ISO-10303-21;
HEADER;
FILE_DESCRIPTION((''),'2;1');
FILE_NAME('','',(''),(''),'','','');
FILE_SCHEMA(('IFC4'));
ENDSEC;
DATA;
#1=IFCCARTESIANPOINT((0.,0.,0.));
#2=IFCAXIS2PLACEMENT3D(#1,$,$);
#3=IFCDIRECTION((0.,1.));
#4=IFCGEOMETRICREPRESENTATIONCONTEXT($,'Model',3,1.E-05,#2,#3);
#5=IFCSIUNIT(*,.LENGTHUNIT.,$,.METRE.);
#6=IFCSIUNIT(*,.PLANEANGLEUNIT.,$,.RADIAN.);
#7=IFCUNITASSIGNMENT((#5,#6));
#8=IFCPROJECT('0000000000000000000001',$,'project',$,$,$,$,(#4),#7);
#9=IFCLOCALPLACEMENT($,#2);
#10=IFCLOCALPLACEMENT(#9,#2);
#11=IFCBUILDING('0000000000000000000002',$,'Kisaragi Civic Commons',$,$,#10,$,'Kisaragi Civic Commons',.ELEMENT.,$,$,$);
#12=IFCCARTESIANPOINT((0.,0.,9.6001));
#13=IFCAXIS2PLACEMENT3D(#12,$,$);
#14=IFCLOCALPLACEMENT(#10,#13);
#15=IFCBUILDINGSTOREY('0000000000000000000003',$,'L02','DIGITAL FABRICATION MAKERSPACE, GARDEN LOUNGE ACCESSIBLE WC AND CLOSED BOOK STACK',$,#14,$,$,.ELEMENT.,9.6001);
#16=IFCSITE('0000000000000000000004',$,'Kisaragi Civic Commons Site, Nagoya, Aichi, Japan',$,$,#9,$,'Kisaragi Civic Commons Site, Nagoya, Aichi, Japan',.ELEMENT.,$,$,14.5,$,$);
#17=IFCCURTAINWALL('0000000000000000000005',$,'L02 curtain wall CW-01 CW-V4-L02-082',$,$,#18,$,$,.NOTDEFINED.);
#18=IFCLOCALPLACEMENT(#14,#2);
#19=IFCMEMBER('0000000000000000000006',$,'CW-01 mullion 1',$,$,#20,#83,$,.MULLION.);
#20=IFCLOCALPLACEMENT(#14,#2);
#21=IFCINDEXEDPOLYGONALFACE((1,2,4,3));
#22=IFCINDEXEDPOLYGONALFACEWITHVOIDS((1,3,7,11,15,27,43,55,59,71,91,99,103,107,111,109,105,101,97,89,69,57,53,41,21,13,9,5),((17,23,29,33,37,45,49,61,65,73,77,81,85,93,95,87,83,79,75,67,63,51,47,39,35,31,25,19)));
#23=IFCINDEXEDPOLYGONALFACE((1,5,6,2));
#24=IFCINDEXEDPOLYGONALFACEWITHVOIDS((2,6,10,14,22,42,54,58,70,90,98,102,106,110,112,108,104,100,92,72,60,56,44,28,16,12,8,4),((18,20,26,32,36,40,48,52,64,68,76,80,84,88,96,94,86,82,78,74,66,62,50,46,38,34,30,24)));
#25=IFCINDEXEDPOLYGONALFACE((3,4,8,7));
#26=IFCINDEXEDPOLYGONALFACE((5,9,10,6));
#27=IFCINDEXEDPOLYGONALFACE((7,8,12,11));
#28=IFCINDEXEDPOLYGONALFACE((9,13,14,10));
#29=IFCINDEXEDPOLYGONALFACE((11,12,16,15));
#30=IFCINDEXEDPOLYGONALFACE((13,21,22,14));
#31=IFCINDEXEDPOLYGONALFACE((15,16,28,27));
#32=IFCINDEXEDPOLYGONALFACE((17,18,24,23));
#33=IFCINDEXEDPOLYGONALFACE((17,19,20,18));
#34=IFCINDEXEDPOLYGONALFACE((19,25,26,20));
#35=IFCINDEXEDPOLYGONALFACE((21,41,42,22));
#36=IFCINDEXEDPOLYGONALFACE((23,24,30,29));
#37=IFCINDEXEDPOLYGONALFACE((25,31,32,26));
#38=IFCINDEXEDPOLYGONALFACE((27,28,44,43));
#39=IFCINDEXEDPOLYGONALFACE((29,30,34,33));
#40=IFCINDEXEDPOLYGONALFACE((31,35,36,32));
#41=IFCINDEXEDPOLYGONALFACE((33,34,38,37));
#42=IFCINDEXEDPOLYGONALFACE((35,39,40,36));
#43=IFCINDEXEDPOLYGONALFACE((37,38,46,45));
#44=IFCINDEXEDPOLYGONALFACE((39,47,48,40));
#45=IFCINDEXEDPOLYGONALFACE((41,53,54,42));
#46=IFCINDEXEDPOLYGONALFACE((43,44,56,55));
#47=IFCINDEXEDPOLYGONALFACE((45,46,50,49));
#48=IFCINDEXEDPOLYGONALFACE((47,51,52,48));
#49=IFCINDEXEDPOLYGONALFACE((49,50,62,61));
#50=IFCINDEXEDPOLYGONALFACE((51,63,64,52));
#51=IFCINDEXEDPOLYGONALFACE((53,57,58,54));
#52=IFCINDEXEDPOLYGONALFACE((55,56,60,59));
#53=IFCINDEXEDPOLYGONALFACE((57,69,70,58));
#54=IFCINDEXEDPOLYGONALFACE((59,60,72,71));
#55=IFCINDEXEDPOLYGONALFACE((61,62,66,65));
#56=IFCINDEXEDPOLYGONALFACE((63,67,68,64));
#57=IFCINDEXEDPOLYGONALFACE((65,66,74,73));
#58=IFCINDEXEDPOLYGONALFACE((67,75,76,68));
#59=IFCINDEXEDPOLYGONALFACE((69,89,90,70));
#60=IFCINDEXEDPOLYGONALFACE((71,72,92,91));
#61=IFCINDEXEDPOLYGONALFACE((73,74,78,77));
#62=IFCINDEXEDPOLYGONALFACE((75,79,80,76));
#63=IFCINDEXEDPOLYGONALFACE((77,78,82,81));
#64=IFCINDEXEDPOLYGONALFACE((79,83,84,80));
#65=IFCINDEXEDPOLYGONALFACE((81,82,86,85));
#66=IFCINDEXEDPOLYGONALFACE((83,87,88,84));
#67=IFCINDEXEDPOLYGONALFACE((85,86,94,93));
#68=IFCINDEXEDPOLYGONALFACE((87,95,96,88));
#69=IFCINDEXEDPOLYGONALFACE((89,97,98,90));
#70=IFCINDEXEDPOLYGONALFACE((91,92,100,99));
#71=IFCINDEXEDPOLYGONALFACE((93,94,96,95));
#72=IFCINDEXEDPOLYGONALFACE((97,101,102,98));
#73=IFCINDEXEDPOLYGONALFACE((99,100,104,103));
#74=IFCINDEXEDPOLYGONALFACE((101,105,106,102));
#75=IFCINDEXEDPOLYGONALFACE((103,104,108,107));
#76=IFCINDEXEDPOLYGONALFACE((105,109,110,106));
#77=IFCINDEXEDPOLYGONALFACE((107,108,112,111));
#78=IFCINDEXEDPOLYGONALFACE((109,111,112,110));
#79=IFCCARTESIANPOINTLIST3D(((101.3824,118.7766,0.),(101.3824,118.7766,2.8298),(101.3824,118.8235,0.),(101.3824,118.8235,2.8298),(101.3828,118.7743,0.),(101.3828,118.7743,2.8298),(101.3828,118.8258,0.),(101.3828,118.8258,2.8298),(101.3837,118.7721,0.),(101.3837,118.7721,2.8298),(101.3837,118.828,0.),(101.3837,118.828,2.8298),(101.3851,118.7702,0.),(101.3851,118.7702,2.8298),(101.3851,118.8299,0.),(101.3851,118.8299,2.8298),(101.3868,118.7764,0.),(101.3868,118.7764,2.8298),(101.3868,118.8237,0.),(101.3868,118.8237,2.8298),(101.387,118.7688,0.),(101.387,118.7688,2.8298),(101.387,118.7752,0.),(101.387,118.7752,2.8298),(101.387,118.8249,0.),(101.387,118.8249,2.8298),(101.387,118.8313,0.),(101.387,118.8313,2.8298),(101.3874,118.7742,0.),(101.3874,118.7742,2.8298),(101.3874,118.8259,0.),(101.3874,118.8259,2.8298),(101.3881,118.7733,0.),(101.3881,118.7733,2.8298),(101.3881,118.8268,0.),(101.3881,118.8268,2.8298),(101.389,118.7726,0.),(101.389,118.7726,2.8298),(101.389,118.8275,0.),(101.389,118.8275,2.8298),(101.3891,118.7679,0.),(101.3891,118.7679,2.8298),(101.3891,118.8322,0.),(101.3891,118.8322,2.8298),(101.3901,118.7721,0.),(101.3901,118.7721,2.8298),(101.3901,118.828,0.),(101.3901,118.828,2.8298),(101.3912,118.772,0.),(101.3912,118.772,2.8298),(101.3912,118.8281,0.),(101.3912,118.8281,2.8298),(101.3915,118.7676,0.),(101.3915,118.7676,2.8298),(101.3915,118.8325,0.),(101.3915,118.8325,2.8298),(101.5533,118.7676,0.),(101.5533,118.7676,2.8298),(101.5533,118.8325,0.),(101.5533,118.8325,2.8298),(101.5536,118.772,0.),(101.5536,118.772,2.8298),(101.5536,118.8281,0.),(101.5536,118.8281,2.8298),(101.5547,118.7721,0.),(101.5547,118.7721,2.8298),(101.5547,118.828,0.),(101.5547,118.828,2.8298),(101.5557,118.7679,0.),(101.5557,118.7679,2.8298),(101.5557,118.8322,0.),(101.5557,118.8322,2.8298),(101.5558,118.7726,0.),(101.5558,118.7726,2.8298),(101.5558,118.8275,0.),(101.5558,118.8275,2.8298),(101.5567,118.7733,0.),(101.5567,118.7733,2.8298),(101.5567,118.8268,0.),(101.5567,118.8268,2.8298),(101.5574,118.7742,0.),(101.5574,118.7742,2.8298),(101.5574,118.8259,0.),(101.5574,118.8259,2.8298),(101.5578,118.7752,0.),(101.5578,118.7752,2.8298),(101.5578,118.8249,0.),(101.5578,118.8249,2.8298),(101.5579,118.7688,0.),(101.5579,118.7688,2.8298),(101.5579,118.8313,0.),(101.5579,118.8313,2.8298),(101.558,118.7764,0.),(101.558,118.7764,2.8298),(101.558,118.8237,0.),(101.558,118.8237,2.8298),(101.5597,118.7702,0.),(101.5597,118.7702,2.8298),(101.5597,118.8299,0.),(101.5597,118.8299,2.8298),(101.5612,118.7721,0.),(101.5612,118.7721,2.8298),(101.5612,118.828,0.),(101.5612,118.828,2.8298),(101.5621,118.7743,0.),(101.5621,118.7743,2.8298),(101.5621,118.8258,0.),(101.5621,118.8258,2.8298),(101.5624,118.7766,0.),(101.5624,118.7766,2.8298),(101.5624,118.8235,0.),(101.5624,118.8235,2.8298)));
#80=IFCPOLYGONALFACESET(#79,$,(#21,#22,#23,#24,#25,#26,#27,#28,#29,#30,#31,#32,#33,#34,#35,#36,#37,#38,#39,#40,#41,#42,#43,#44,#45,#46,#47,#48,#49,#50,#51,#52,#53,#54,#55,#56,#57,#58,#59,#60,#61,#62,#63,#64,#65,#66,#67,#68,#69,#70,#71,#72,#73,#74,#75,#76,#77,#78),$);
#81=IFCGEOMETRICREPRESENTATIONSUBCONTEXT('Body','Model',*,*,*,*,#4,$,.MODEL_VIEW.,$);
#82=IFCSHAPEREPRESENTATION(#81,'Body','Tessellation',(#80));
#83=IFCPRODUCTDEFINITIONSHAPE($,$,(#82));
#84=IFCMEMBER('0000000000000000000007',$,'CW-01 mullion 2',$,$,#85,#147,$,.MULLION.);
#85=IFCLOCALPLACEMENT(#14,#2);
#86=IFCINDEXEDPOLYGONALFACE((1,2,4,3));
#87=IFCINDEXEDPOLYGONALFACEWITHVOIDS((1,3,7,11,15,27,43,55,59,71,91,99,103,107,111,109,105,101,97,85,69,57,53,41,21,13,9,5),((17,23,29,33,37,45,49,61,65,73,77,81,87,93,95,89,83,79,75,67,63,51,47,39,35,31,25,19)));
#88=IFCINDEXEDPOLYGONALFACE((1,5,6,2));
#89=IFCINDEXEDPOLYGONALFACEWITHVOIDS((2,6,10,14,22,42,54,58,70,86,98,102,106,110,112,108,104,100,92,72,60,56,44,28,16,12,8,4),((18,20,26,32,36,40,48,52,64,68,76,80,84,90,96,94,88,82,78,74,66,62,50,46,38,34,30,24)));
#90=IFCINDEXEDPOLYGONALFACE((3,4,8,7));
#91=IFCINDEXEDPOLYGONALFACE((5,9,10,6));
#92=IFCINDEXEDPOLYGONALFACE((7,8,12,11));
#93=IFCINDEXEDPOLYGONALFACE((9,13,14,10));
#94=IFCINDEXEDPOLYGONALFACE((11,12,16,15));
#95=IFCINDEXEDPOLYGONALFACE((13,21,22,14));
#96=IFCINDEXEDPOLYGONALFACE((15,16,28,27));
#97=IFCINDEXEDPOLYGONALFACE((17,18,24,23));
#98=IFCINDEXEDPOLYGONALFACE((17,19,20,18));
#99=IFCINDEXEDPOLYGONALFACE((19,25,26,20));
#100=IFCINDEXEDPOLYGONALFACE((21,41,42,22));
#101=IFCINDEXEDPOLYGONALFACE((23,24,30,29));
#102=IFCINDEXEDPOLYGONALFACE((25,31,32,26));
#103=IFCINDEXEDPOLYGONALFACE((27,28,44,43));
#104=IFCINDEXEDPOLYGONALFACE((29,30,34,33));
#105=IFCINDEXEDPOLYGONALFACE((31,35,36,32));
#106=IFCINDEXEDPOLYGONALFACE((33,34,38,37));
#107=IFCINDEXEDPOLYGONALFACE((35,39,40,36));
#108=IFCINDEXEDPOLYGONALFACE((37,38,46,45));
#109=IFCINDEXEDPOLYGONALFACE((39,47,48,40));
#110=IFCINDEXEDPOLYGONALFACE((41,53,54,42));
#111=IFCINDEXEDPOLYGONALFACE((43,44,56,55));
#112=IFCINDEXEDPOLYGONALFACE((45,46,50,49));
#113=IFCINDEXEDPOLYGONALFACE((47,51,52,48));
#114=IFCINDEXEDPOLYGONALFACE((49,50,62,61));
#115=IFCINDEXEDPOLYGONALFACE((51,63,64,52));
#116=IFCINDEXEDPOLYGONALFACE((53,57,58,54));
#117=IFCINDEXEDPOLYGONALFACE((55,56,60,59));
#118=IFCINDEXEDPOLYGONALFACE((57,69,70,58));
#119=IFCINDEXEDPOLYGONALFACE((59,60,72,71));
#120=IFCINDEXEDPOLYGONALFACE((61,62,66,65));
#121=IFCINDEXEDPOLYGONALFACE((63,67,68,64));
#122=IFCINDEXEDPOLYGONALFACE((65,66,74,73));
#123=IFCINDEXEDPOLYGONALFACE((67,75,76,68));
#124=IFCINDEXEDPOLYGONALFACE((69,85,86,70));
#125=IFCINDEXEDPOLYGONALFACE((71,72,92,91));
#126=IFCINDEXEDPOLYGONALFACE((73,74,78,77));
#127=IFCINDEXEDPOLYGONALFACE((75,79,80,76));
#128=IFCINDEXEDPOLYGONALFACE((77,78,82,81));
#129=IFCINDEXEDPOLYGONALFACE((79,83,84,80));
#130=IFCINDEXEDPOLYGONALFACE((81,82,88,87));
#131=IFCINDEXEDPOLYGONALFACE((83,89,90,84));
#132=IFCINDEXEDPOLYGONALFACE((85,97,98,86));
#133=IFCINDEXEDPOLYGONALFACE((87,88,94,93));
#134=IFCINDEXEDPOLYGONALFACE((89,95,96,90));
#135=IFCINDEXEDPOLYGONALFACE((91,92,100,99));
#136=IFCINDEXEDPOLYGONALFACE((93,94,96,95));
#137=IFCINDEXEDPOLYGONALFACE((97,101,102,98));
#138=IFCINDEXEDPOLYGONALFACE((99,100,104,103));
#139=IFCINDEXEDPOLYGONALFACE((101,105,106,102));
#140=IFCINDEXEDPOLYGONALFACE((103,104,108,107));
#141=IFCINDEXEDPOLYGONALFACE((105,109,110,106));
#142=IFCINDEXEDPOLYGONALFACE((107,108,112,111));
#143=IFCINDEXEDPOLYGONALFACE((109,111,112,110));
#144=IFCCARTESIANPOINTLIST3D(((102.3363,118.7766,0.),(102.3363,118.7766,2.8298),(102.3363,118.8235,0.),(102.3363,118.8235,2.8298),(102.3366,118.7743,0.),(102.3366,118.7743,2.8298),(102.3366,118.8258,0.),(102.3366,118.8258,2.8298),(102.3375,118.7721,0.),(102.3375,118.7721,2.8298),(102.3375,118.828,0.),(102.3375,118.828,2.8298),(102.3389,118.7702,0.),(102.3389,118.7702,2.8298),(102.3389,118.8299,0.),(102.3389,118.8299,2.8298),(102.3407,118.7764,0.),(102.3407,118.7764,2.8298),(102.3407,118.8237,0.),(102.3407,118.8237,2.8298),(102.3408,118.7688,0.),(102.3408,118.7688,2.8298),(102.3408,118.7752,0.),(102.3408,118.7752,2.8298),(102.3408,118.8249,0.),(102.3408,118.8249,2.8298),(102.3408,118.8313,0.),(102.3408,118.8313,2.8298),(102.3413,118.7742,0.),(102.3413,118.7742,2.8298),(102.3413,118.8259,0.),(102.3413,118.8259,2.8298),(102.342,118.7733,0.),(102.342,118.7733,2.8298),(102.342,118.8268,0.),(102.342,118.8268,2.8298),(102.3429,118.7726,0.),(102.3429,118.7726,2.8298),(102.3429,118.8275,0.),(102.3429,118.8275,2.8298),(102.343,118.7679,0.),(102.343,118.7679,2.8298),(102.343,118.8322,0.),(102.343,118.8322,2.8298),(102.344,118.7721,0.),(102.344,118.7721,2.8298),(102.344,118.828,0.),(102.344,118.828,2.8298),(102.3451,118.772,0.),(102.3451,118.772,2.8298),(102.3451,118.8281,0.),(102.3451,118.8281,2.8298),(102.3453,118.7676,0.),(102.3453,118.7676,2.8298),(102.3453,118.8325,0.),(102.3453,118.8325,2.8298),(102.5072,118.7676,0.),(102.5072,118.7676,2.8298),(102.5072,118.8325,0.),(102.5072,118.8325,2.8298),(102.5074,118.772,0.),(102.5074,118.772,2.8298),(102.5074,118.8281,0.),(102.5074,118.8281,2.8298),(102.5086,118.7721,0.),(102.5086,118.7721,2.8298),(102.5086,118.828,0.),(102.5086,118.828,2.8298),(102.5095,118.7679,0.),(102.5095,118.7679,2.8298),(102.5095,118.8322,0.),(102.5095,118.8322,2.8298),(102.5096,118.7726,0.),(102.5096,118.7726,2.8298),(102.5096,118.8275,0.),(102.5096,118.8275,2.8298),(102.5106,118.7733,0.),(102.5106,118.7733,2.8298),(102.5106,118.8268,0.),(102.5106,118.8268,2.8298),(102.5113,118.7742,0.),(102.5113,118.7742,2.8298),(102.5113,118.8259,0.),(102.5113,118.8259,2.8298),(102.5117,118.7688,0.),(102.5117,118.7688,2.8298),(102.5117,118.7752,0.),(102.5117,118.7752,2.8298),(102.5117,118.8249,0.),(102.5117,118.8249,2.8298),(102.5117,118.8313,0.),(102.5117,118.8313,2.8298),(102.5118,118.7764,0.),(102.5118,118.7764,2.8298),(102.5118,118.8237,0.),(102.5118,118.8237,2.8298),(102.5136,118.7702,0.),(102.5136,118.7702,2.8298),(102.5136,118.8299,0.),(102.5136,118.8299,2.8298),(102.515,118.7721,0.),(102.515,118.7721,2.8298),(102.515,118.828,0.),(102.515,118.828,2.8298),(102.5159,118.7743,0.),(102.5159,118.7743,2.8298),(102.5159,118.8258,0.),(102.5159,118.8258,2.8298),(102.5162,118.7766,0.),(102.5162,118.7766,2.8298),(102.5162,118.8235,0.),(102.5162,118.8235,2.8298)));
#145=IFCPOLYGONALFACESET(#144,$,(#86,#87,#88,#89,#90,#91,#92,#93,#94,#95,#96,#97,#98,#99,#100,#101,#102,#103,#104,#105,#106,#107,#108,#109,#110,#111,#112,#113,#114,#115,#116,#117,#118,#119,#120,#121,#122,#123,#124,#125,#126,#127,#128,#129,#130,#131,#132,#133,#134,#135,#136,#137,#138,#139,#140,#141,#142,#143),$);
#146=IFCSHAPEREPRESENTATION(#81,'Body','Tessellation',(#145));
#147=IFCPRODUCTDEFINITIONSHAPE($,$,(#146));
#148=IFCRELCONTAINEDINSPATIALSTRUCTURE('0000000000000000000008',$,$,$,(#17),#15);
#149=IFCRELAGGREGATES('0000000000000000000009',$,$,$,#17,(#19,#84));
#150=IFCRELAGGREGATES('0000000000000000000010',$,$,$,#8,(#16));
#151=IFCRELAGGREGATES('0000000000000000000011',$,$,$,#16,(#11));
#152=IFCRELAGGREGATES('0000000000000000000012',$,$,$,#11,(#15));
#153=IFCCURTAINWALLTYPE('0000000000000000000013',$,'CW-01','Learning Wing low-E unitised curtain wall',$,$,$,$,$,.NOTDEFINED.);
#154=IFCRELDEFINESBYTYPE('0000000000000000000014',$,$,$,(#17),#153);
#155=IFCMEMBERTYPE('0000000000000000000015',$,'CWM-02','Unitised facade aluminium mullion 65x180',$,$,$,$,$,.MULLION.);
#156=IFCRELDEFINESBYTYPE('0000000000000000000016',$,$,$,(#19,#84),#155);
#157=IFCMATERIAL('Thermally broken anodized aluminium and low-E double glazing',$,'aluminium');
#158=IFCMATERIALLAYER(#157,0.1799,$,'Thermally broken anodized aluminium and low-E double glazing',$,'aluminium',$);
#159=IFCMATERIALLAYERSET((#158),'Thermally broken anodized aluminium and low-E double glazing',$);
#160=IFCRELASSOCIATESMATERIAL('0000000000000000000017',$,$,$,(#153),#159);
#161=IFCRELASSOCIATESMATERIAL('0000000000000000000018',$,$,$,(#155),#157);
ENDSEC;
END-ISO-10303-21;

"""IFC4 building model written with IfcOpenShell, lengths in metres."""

from ifc_helpers import new_model, si_unit, direction, frame, origin, origin_2d, place, context, subcontext, project, spatial, hollow_rectangle, extrude, material, layer, layer_set, material_profile, profile_set, type_object, element, aggregate, save


model = new_model("IFC4")

# Units and contexts
model_context = context("Model", 3, precision=1e-05, world=origin(), true_north=direction((0.0, 1.0)))
body_context = subcontext(model_context, "Body", "Model", "MODEL_VIEW")
ifc_project = project(units=[si_unit("LENGTHUNIT", "METRE"), si_unit("PLANEANGLEUNIT", "RADIAN")], contexts=[model_context])

# Site, building, storey
site_placement = place(None, origin())
site = spatial("IfcSite", under=ifc_project, at=site_placement, Name="Kisaragi Civic Commons Site, Nagoya, Aichi, Japan", LongName="Kisaragi Civic Commons Site, Nagoya, Aichi, Japan", CompositionType="ELEMENT", RefElevation=14.5)
building_placement = place(site_placement, origin())
building = spatial("IfcBuilding", under=site, at=building_placement, Name="Kisaragi Civic Commons", LongName="Kisaragi Civic Commons", CompositionType="ELEMENT")
storey_placement = place(building_placement, frame((0.0, 0.0, 9.6001)))
storey = spatial("IfcBuildingStorey", under=building, at=storey_placement, Name="L02", Description="DIGITAL FABRICATION MAKERSPACE, GARDEN LOUNGE ACCESSIBLE WC AND CLOSED BOOK STACK", CompositionType="ELEMENT", Elevation=9.6001)

# Curtain wall, members
ifc_material = material(Name="Thermally broken anodized aluminium and low-E double glazing", Category="aluminium")
ifc_layer_1 = layer(ifc_material, 0.1799, Name="Thermally broken anodized aluminium and low-E double glazing", Category="aluminium")
ifc_layer_set_1 = layer_set([ifc_layer_1], Name="Thermally broken anodized aluminium and low-E double glazing")
curtain_wall_type = type_object("IfcCurtainWallType", Name="CW-01", Description="Learning Wing low-E unitised curtain wall", PredefinedType="NOTDEFINED", material=ifc_layer_set_1)
ifc_material_profile_1 = material_profile(ifc_material, hollow_rectangle(XDim=0.0649, YDim=0.1799, WallThickness=0.0044, InnerFilletRadius=0.0044, OuterFilletRadius=0.009, at=origin_2d()), Name="CWM-65x180x4.5", Category="aluminium")
ifc_profile_set_1 = profile_set([ifc_material_profile_1], Name="Thermally broken anodized aluminium and low-E double glazing")
member_type_1 = type_object("IfcMemberType", Name="CWM-02", Description="Unitised facade aluminium mullion 65x180", PredefinedType="MULLION", material=ifc_profile_set_1)
curtain_wall_1_placement = place(storey_placement, origin())
curtain_wall_1 = element("IfcCurtainWall", 1, at=curtain_wall_1_placement, inside=storey, type_object=curtain_wall_type, Name="L02 curtain wall CW-01 CW-V4-L02-082", PredefinedType="NOTDEFINED")
member_1_placement = place(storey_placement, frame((101.4724, 118.8, 0.0), z_axis=(0.0, 0.0, 1.0), x_axis=(0.0, 1.0, 0.0)))
member_1 = element("IfcMember", 2, at=member_1_placement, type_object=member_type_1, Name="CW-01 mullion 1", PredefinedType="MULLION", context=body_context, shape_type="SweptSolid", body=[
    extrude(hollow_rectangle(XDim=0.0649, YDim=0.1799, WallThickness=0.0044, InnerFilletRadius=0.0044, OuterFilletRadius=0.009, at=origin_2d()), origin(), (0.0, 0.0, 1.0), 2.8298),
])
member_2_placement = place(storey_placement, frame((102.4263, 118.8, 0.0), z_axis=(0.0, 0.0, 1.0), x_axis=(0.0, 1.0, 0.0)))
member_2 = element("IfcMember", 3, at=member_2_placement, type_object=member_type_1, Name="CW-01 mullion 2", PredefinedType="MULLION", context=body_context, shape_type="SweptSolid", body=[
    extrude(hollow_rectangle(XDim=0.0649, YDim=0.1799, WallThickness=0.0044, InnerFilletRadius=0.0044, OuterFilletRadius=0.009, at=origin_2d()), origin(), (0.0, 0.0, 1.0), 2.8298),
])

aggregate(curtain_wall_1, [member_1, member_2])

save(model, "model.ifc")
